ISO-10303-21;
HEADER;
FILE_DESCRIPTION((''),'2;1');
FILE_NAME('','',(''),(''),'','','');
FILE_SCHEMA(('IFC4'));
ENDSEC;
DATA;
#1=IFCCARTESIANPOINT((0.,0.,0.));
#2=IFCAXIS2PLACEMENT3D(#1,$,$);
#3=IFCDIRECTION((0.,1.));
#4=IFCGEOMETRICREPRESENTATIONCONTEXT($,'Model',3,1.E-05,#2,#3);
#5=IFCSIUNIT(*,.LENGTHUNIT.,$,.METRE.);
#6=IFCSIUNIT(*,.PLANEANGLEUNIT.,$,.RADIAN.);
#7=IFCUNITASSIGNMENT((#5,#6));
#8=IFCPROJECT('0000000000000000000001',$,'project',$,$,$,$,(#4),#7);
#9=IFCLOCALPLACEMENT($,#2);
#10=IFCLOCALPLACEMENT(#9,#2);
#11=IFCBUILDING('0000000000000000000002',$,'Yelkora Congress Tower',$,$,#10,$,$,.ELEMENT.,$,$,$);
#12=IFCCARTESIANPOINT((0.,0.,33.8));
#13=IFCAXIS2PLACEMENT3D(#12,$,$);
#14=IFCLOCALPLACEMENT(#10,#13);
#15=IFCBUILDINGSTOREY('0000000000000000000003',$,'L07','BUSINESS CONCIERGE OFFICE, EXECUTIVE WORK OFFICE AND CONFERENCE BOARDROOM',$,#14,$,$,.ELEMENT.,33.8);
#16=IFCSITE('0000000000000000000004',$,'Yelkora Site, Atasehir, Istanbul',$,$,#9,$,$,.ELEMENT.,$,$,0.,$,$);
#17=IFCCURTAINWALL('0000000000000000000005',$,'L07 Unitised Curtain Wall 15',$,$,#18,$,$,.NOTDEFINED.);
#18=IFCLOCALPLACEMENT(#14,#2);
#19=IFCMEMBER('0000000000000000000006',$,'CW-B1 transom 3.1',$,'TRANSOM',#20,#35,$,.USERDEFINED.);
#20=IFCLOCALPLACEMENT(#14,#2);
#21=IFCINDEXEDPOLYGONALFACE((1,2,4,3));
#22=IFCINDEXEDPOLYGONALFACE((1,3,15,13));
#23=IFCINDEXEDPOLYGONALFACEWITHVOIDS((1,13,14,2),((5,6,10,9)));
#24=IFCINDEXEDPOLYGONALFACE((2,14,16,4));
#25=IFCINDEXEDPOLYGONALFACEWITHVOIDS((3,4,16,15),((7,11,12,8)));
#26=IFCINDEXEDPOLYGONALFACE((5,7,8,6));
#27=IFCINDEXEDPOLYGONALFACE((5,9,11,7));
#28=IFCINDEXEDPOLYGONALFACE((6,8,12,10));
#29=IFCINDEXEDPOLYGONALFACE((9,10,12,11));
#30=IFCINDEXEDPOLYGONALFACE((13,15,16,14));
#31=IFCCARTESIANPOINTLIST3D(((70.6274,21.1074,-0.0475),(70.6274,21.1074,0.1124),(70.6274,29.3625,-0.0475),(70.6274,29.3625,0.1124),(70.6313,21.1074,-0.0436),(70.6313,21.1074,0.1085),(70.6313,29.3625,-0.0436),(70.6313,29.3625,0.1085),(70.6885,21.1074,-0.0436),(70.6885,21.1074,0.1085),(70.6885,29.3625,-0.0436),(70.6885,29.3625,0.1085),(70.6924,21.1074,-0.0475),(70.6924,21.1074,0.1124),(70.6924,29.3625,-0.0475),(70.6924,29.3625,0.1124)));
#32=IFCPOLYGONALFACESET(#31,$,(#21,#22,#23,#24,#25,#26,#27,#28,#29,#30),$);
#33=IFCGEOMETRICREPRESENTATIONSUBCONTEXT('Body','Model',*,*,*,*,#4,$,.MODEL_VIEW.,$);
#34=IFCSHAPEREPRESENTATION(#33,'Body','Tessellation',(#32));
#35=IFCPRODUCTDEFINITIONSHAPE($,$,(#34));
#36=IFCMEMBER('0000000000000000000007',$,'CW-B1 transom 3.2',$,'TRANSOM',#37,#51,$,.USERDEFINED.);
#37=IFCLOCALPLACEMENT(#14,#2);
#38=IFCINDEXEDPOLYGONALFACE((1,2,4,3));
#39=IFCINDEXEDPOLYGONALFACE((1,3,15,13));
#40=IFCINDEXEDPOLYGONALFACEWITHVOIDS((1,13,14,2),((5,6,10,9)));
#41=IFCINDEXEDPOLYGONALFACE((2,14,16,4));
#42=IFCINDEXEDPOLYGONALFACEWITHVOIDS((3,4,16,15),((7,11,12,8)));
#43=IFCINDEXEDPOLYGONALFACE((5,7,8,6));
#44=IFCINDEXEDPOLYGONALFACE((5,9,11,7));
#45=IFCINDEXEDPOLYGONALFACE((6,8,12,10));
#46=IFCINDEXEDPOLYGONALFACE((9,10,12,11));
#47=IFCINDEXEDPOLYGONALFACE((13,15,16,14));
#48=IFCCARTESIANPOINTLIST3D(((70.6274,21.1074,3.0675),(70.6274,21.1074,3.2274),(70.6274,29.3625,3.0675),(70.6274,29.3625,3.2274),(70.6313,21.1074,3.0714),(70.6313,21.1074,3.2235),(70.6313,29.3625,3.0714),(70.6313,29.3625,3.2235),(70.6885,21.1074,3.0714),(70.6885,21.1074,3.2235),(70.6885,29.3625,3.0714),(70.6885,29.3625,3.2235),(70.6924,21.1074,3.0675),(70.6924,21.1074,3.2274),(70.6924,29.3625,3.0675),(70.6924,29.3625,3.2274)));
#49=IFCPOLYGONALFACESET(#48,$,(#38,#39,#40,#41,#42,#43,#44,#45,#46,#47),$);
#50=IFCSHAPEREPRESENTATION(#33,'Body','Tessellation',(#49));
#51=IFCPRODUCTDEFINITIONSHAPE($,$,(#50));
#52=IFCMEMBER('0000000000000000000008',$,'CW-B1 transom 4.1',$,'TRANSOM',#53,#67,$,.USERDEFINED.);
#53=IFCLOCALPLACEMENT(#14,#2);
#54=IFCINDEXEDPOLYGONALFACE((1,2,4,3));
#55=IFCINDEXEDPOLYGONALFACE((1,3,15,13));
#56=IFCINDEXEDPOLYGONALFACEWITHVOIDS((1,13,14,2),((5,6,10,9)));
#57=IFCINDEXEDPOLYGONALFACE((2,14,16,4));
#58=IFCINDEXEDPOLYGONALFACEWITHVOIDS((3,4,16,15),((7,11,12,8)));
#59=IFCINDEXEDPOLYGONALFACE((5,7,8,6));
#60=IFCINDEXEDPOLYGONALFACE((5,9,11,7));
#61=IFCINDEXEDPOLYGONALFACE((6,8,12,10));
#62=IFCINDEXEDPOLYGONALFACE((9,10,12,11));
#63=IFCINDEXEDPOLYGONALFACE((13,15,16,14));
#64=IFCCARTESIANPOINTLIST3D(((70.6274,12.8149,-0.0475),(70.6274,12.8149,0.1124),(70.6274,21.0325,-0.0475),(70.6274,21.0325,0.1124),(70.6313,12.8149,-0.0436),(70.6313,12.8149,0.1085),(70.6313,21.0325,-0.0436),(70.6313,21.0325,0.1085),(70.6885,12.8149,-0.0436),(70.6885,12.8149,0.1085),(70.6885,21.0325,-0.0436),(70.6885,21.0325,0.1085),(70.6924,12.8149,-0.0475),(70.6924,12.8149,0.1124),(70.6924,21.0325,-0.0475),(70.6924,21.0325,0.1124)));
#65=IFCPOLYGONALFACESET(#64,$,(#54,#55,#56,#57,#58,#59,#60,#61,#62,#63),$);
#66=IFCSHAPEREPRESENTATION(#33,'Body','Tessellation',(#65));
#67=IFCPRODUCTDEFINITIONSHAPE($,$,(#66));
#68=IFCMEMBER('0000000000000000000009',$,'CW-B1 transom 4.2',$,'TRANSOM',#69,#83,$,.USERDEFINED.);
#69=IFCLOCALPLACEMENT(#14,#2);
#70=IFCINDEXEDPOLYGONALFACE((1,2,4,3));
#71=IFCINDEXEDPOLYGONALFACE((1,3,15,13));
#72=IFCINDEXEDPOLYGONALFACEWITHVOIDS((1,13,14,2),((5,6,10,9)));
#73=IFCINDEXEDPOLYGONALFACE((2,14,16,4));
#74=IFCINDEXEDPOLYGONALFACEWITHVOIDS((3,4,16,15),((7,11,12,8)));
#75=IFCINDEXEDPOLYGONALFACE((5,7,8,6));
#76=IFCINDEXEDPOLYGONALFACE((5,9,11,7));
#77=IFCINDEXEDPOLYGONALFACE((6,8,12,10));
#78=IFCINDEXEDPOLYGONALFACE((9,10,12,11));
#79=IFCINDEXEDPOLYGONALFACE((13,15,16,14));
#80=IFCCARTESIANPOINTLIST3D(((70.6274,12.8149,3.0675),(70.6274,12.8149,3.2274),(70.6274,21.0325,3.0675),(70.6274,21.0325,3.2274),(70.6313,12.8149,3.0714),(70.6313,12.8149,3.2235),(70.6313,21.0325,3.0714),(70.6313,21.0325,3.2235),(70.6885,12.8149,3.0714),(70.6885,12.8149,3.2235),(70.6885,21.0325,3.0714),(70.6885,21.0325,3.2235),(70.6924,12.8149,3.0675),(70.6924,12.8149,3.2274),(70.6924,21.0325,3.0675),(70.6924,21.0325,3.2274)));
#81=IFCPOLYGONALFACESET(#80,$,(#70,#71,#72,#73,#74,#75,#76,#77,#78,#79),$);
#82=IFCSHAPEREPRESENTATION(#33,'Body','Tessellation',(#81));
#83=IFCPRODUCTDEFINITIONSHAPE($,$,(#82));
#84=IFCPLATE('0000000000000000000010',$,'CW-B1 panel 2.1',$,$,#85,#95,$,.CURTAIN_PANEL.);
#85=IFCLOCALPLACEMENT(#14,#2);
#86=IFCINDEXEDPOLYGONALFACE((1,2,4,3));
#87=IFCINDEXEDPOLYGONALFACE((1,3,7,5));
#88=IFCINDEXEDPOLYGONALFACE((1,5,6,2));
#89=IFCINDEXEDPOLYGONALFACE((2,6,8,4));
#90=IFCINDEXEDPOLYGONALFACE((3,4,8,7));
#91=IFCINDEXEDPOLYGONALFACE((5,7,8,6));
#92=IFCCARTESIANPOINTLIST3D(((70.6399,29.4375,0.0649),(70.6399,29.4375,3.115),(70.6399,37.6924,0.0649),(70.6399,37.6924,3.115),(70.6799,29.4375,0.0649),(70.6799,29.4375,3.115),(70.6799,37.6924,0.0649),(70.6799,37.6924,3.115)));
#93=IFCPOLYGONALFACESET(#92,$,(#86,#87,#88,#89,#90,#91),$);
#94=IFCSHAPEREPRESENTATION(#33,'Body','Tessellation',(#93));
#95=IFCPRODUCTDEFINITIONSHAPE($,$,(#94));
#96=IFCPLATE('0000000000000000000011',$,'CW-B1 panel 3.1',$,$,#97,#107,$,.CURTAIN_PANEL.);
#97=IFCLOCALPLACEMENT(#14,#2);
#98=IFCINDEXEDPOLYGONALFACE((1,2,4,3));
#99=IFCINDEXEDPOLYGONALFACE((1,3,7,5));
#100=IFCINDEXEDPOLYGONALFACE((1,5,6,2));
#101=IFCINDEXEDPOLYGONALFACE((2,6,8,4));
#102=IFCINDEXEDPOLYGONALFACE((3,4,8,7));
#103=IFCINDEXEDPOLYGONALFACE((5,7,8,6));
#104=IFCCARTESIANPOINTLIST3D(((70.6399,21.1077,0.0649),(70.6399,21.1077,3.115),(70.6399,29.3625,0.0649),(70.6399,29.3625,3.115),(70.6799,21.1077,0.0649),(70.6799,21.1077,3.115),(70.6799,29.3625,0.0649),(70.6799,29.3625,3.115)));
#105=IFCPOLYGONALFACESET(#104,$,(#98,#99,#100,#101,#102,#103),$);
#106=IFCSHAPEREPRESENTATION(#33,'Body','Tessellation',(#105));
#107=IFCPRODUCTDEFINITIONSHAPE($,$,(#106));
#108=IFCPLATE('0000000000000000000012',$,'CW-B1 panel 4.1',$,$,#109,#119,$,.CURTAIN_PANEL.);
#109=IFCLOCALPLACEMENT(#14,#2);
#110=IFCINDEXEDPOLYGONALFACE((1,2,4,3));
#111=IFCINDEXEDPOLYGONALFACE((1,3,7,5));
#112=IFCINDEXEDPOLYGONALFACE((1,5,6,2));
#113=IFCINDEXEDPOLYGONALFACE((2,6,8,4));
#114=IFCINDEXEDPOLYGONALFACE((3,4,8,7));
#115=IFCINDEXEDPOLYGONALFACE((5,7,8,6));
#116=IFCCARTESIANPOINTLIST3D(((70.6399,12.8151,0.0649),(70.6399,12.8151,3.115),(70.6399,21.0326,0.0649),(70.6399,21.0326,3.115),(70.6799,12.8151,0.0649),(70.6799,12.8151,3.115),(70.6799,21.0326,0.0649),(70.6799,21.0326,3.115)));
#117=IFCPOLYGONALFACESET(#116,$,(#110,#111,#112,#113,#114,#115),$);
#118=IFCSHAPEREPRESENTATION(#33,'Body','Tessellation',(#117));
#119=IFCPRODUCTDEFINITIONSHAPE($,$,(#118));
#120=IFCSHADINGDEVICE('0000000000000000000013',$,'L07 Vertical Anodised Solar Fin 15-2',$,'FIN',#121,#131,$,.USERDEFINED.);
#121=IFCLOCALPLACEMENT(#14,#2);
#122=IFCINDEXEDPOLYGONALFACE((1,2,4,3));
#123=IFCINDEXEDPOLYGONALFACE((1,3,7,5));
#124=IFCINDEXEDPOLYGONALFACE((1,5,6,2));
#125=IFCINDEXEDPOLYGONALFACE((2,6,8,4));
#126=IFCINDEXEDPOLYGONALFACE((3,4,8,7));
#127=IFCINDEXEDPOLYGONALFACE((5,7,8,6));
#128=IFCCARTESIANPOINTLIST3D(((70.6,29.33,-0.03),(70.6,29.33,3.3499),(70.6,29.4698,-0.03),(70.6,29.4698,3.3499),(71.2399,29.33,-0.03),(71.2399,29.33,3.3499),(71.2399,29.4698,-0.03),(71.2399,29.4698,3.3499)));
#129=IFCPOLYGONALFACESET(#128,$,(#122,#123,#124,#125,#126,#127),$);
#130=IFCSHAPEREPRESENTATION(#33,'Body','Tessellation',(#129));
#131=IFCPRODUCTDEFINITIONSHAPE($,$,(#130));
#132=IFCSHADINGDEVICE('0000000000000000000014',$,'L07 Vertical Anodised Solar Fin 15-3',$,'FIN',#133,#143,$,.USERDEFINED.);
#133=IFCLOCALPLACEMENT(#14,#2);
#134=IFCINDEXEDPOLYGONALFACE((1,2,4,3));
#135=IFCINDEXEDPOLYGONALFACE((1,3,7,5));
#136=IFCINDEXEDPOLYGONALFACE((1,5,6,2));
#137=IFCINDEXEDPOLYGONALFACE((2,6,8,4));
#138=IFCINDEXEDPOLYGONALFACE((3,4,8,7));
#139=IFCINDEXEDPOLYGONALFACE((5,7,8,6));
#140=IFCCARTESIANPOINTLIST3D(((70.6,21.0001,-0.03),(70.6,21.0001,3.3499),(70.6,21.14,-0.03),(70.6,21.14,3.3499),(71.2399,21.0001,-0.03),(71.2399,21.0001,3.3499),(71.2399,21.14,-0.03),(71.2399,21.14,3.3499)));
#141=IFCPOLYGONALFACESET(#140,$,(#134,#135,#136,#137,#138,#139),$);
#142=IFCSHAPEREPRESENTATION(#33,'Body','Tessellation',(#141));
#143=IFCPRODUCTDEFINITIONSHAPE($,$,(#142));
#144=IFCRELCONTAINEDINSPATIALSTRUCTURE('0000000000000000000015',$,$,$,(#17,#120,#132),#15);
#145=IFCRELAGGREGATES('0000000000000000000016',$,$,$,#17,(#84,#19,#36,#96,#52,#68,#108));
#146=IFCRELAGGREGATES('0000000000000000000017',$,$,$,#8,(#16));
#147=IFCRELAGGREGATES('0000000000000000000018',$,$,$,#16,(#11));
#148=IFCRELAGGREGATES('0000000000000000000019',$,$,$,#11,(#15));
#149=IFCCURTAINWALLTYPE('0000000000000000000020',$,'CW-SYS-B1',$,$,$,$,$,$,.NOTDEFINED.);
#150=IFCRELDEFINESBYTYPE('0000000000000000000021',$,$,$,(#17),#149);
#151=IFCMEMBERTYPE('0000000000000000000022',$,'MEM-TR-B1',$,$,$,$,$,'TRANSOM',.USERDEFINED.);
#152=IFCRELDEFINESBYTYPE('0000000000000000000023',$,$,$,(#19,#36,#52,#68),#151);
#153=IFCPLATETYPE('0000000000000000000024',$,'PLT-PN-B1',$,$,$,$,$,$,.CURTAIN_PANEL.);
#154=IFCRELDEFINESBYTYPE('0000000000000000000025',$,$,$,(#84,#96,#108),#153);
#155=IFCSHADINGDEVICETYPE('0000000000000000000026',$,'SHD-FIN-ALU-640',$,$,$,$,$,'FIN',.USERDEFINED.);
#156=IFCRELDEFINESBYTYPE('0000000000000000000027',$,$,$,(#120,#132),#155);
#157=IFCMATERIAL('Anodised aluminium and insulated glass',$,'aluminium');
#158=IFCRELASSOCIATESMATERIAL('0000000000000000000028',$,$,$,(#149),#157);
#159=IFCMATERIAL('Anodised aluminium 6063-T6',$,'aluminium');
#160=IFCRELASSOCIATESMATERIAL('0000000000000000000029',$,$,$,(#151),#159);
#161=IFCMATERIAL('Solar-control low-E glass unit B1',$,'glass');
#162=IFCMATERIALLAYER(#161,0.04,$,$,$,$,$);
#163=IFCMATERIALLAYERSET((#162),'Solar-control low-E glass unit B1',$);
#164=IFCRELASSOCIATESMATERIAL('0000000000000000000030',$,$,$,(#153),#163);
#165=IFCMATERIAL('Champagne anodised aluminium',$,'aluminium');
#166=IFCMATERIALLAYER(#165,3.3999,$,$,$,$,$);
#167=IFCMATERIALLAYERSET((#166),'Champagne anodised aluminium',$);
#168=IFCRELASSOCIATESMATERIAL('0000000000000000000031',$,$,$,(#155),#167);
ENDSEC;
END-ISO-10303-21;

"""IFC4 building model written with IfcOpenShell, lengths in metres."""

from ifc_helpers import new_model, si_unit, direction, frame, origin, origin_2d, place, context, subcontext, project, spatial, rectangle, hollow_rectangle, extrude, material, layer, layer_set, material_profile, profile_set, type_object, element, aggregate, save


model = new_model("IFC4")

# Units and contexts
model_context = context("Model", 3, precision=1e-05, world=origin(), true_north=direction((0.0, 1.0)))
body_context = subcontext(model_context, "Body", "Model", "MODEL_VIEW")
ifc_project = project(units=[si_unit("LENGTHUNIT", "METRE"), si_unit("PLANEANGLEUNIT", "RADIAN")], contexts=[model_context])

# Site, building, storey
site_placement = place(None, origin())
site = spatial("IfcSite", under=ifc_project, at=site_placement, Name="Yelkora Site, Atasehir, Istanbul", CompositionType="ELEMENT", RefElevation=0.0)
building_placement = place(site_placement, origin())
building = spatial("IfcBuilding", under=site, at=building_placement, Name="Yelkora Congress Tower", CompositionType="ELEMENT")
storey_placement = place(building_placement, frame((0.0, 0.0, 33.8)))
storey = spatial("IfcBuildingStorey", under=building, at=storey_placement, Name="L07", Description="BUSINESS CONCIERGE OFFICE, EXECUTIVE WORK OFFICE AND CONFERENCE BOARDROOM", CompositionType="ELEMENT", Elevation=33.8)

# Curtain wall, members, plates
ifc_material_1 = material(Name="Anodised aluminium and insulated glass", Category="aluminium")
curtain_wall_type = type_object("IfcCurtainWallType", Name="CW-SYS-B1", PredefinedType="NOTDEFINED", material=ifc_material_1)
curtain_wall_placement = place(storey_placement, origin())
curtain_wall = element("IfcCurtainWall", 1, at=curtain_wall_placement, inside=storey, type_object=curtain_wall_type, Name="L07 Unitised Curtain Wall 15", PredefinedType="NOTDEFINED")
ifc_material_2 = material(Name="Anodised aluminium 6063-T6", Category="aluminium")
ifc_material_profile_1 = material_profile(ifc_material_2, hollow_rectangle(XDim=0.0649, YDim=0.1599, WallThickness=0.0039, at=origin_2d()), Name="ALU 65x160x4")
ifc_profile_set_1 = profile_set([ifc_material_profile_1], Name="Anodised aluminium 6063-T6")
member_type_1 = type_object("IfcMemberType", Name="MEM-TR-B1", ElementType="TRANSOM", PredefinedType="USERDEFINED", material=ifc_profile_set_1)
member_1_placement = place(storey_placement, frame((70.6599, 29.3625, 0.0325), z_axis=(0.0, -1.0, 0.0), x_axis=(1.0, 0.0, 0.0)))
member_1 = element("IfcMember", 2, at=member_1_placement, type_object=member_type_1, Name="CW-B1 transom 3.1", ObjectType="TRANSOM", PredefinedType="USERDEFINED", context=body_context, shape_type="SweptSolid", body=[
    extrude(hollow_rectangle(XDim=0.0649, YDim=0.1599, WallThickness=0.0039, at=origin_2d()), origin(), (0.0, 0.0, 1.0), 8.2551),
])
member_2_placement = place(storey_placement, frame((70.6599, 29.3625, 3.1475), z_axis=(0.0, -1.0, 0.0), x_axis=(1.0, 0.0, 0.0)))
member_2 = element("IfcMember", 3, at=member_2_placement, type_object=member_type_1, Name="CW-B1 transom 3.2", ObjectType="TRANSOM", PredefinedType="USERDEFINED", context=body_context, shape_type="SweptSolid", body=[
    extrude(hollow_rectangle(XDim=0.0649, YDim=0.1599, WallThickness=0.0039, at=origin_2d()), origin(), (0.0, 0.0, 1.0), 8.2551),
])
member_3_placement = place(storey_placement, frame((70.6599, 21.0325, 0.0325), z_axis=(0.0, -1.0, 0.0), x_axis=(1.0, 0.0, 0.0)))
member_3 = element("IfcMember", 4, at=member_3_placement, type_object=member_type_1, Name="CW-B1 transom 4.1", ObjectType="TRANSOM", PredefinedType="USERDEFINED", context=body_context, shape_type="SweptSolid", body=[
    extrude(hollow_rectangle(XDim=0.0649, YDim=0.1599, WallThickness=0.0039, at=origin_2d()), origin(), (0.0, 0.0, 1.0), 8.2175),
])
member_4_placement = place(storey_placement, frame((70.6599, 21.0325, 3.1475), z_axis=(0.0, -1.0, 0.0), x_axis=(1.0, 0.0, 0.0)))
member_4 = element("IfcMember", 5, at=member_4_placement, type_object=member_type_1, Name="CW-B1 transom 4.2", ObjectType="TRANSOM", PredefinedType="USERDEFINED", context=body_context, shape_type="SweptSolid", body=[
    extrude(hollow_rectangle(XDim=0.0649, YDim=0.1599, WallThickness=0.0039, at=origin_2d()), origin(), (0.0, 0.0, 1.0), 8.2175),
])
ifc_material_3 = material(Name="Solar-control low-E glass unit B1", Category="glass")
ifc_layer_1 = layer(ifc_material_3, 0.04)
ifc_layer_set_1 = layer_set([ifc_layer_1], Name="Solar-control low-E glass unit B1")
plate_type = type_object("IfcPlateType", Name="PLT-PN-B1", PredefinedType="CURTAIN_PANEL", material=ifc_layer_set_1)
plate_1_placement = place(storey_placement, frame((70.6599, 33.5649, 0.0649), z_axis=(0.0, 0.0, 1.0), x_axis=(0.0, -1.0, 0.0)))
plate_1 = element("IfcPlate", 6, at=plate_1_placement, type_object=plate_type, Name="CW-B1 panel 2.1", PredefinedType="CURTAIN_PANEL", context=body_context, shape_type="SweptSolid", body=[
    extrude(rectangle(XDim=8.2549, YDim=0.04, at=origin_2d()), origin(), (0.0, 0.0, 1.0), 3.05),
])
plate_2_placement = place(storey_placement, frame((70.6599, 25.2351, 0.0649), z_axis=(0.0, 0.0, 1.0), x_axis=(0.0, -1.0, 0.0)))
plate_2 = element("IfcPlate", 7, at=plate_2_placement, type_object=plate_type, Name="CW-B1 panel 3.1", PredefinedType="CURTAIN_PANEL", context=body_context, shape_type="SweptSolid", body=[
    extrude(rectangle(XDim=8.2549, YDim=0.04, at=origin_2d()), origin(), (0.0, 0.0, 1.0), 3.05),
])
plate_3_placement = place(storey_placement, frame((70.6599, 16.9238, 0.0649), z_axis=(0.0, 0.0, 1.0), x_axis=(0.0, -1.0, 0.0)))
plate_3 = element("IfcPlate", 8, at=plate_3_placement, type_object=plate_type, Name="CW-B1 panel 4.1", PredefinedType="CURTAIN_PANEL", context=body_context, shape_type="SweptSolid", body=[
    extrude(rectangle(XDim=8.2175, YDim=0.04, at=origin_2d()), origin(), (0.0, 0.0, 1.0), 3.05),
])
aggregate(curtain_wall, [plate_1, member_1, member_2, plate_2, member_3, member_4, plate_3])

# Shading devices
ifc_material_4 = material(Name="Champagne anodised aluminium", Category="aluminium")
ifc_layer_2 = layer(ifc_material_4, 3.3999)
ifc_layer_set_2 = layer_set([ifc_layer_2], Name="Champagne anodised aluminium")
shading_device_type = type_object("IfcShadingDeviceType", Name="SHD-FIN-ALU-640", ElementType="FIN", PredefinedType="USERDEFINED", material=ifc_layer_set_2)
for number, where, z_axis, x_axis, name in (
    (9, (70.9199, 29.3999, -0.03), (0.0, 0.0, 1.0), (0.0, -1.0, 0.0), "L07 Vertical Anodised Solar Fin 15-2"),
    (10, (70.9199, 21.0701, -0.03), (0.0, 0.0, 1.0), (0.0, -1.0, 0.0), "L07 Vertical Anodised Solar Fin 15-3"),
):
    element("IfcShadingDevice", number, at=place(storey_placement, frame(where, z_axis=z_axis, x_axis=x_axis)), inside=storey, type_object=shading_device_type, Name=name, ObjectType="FIN", PredefinedType="USERDEFINED", context=body_context, shape_type="SweptSolid", body=[
        extrude(rectangle(XDim=0.1399, YDim=0.6399, at=origin_2d()), origin(), (0.0, 0.0, 1.0), 3.3799),
    ])

save(model, "model.ifc")
